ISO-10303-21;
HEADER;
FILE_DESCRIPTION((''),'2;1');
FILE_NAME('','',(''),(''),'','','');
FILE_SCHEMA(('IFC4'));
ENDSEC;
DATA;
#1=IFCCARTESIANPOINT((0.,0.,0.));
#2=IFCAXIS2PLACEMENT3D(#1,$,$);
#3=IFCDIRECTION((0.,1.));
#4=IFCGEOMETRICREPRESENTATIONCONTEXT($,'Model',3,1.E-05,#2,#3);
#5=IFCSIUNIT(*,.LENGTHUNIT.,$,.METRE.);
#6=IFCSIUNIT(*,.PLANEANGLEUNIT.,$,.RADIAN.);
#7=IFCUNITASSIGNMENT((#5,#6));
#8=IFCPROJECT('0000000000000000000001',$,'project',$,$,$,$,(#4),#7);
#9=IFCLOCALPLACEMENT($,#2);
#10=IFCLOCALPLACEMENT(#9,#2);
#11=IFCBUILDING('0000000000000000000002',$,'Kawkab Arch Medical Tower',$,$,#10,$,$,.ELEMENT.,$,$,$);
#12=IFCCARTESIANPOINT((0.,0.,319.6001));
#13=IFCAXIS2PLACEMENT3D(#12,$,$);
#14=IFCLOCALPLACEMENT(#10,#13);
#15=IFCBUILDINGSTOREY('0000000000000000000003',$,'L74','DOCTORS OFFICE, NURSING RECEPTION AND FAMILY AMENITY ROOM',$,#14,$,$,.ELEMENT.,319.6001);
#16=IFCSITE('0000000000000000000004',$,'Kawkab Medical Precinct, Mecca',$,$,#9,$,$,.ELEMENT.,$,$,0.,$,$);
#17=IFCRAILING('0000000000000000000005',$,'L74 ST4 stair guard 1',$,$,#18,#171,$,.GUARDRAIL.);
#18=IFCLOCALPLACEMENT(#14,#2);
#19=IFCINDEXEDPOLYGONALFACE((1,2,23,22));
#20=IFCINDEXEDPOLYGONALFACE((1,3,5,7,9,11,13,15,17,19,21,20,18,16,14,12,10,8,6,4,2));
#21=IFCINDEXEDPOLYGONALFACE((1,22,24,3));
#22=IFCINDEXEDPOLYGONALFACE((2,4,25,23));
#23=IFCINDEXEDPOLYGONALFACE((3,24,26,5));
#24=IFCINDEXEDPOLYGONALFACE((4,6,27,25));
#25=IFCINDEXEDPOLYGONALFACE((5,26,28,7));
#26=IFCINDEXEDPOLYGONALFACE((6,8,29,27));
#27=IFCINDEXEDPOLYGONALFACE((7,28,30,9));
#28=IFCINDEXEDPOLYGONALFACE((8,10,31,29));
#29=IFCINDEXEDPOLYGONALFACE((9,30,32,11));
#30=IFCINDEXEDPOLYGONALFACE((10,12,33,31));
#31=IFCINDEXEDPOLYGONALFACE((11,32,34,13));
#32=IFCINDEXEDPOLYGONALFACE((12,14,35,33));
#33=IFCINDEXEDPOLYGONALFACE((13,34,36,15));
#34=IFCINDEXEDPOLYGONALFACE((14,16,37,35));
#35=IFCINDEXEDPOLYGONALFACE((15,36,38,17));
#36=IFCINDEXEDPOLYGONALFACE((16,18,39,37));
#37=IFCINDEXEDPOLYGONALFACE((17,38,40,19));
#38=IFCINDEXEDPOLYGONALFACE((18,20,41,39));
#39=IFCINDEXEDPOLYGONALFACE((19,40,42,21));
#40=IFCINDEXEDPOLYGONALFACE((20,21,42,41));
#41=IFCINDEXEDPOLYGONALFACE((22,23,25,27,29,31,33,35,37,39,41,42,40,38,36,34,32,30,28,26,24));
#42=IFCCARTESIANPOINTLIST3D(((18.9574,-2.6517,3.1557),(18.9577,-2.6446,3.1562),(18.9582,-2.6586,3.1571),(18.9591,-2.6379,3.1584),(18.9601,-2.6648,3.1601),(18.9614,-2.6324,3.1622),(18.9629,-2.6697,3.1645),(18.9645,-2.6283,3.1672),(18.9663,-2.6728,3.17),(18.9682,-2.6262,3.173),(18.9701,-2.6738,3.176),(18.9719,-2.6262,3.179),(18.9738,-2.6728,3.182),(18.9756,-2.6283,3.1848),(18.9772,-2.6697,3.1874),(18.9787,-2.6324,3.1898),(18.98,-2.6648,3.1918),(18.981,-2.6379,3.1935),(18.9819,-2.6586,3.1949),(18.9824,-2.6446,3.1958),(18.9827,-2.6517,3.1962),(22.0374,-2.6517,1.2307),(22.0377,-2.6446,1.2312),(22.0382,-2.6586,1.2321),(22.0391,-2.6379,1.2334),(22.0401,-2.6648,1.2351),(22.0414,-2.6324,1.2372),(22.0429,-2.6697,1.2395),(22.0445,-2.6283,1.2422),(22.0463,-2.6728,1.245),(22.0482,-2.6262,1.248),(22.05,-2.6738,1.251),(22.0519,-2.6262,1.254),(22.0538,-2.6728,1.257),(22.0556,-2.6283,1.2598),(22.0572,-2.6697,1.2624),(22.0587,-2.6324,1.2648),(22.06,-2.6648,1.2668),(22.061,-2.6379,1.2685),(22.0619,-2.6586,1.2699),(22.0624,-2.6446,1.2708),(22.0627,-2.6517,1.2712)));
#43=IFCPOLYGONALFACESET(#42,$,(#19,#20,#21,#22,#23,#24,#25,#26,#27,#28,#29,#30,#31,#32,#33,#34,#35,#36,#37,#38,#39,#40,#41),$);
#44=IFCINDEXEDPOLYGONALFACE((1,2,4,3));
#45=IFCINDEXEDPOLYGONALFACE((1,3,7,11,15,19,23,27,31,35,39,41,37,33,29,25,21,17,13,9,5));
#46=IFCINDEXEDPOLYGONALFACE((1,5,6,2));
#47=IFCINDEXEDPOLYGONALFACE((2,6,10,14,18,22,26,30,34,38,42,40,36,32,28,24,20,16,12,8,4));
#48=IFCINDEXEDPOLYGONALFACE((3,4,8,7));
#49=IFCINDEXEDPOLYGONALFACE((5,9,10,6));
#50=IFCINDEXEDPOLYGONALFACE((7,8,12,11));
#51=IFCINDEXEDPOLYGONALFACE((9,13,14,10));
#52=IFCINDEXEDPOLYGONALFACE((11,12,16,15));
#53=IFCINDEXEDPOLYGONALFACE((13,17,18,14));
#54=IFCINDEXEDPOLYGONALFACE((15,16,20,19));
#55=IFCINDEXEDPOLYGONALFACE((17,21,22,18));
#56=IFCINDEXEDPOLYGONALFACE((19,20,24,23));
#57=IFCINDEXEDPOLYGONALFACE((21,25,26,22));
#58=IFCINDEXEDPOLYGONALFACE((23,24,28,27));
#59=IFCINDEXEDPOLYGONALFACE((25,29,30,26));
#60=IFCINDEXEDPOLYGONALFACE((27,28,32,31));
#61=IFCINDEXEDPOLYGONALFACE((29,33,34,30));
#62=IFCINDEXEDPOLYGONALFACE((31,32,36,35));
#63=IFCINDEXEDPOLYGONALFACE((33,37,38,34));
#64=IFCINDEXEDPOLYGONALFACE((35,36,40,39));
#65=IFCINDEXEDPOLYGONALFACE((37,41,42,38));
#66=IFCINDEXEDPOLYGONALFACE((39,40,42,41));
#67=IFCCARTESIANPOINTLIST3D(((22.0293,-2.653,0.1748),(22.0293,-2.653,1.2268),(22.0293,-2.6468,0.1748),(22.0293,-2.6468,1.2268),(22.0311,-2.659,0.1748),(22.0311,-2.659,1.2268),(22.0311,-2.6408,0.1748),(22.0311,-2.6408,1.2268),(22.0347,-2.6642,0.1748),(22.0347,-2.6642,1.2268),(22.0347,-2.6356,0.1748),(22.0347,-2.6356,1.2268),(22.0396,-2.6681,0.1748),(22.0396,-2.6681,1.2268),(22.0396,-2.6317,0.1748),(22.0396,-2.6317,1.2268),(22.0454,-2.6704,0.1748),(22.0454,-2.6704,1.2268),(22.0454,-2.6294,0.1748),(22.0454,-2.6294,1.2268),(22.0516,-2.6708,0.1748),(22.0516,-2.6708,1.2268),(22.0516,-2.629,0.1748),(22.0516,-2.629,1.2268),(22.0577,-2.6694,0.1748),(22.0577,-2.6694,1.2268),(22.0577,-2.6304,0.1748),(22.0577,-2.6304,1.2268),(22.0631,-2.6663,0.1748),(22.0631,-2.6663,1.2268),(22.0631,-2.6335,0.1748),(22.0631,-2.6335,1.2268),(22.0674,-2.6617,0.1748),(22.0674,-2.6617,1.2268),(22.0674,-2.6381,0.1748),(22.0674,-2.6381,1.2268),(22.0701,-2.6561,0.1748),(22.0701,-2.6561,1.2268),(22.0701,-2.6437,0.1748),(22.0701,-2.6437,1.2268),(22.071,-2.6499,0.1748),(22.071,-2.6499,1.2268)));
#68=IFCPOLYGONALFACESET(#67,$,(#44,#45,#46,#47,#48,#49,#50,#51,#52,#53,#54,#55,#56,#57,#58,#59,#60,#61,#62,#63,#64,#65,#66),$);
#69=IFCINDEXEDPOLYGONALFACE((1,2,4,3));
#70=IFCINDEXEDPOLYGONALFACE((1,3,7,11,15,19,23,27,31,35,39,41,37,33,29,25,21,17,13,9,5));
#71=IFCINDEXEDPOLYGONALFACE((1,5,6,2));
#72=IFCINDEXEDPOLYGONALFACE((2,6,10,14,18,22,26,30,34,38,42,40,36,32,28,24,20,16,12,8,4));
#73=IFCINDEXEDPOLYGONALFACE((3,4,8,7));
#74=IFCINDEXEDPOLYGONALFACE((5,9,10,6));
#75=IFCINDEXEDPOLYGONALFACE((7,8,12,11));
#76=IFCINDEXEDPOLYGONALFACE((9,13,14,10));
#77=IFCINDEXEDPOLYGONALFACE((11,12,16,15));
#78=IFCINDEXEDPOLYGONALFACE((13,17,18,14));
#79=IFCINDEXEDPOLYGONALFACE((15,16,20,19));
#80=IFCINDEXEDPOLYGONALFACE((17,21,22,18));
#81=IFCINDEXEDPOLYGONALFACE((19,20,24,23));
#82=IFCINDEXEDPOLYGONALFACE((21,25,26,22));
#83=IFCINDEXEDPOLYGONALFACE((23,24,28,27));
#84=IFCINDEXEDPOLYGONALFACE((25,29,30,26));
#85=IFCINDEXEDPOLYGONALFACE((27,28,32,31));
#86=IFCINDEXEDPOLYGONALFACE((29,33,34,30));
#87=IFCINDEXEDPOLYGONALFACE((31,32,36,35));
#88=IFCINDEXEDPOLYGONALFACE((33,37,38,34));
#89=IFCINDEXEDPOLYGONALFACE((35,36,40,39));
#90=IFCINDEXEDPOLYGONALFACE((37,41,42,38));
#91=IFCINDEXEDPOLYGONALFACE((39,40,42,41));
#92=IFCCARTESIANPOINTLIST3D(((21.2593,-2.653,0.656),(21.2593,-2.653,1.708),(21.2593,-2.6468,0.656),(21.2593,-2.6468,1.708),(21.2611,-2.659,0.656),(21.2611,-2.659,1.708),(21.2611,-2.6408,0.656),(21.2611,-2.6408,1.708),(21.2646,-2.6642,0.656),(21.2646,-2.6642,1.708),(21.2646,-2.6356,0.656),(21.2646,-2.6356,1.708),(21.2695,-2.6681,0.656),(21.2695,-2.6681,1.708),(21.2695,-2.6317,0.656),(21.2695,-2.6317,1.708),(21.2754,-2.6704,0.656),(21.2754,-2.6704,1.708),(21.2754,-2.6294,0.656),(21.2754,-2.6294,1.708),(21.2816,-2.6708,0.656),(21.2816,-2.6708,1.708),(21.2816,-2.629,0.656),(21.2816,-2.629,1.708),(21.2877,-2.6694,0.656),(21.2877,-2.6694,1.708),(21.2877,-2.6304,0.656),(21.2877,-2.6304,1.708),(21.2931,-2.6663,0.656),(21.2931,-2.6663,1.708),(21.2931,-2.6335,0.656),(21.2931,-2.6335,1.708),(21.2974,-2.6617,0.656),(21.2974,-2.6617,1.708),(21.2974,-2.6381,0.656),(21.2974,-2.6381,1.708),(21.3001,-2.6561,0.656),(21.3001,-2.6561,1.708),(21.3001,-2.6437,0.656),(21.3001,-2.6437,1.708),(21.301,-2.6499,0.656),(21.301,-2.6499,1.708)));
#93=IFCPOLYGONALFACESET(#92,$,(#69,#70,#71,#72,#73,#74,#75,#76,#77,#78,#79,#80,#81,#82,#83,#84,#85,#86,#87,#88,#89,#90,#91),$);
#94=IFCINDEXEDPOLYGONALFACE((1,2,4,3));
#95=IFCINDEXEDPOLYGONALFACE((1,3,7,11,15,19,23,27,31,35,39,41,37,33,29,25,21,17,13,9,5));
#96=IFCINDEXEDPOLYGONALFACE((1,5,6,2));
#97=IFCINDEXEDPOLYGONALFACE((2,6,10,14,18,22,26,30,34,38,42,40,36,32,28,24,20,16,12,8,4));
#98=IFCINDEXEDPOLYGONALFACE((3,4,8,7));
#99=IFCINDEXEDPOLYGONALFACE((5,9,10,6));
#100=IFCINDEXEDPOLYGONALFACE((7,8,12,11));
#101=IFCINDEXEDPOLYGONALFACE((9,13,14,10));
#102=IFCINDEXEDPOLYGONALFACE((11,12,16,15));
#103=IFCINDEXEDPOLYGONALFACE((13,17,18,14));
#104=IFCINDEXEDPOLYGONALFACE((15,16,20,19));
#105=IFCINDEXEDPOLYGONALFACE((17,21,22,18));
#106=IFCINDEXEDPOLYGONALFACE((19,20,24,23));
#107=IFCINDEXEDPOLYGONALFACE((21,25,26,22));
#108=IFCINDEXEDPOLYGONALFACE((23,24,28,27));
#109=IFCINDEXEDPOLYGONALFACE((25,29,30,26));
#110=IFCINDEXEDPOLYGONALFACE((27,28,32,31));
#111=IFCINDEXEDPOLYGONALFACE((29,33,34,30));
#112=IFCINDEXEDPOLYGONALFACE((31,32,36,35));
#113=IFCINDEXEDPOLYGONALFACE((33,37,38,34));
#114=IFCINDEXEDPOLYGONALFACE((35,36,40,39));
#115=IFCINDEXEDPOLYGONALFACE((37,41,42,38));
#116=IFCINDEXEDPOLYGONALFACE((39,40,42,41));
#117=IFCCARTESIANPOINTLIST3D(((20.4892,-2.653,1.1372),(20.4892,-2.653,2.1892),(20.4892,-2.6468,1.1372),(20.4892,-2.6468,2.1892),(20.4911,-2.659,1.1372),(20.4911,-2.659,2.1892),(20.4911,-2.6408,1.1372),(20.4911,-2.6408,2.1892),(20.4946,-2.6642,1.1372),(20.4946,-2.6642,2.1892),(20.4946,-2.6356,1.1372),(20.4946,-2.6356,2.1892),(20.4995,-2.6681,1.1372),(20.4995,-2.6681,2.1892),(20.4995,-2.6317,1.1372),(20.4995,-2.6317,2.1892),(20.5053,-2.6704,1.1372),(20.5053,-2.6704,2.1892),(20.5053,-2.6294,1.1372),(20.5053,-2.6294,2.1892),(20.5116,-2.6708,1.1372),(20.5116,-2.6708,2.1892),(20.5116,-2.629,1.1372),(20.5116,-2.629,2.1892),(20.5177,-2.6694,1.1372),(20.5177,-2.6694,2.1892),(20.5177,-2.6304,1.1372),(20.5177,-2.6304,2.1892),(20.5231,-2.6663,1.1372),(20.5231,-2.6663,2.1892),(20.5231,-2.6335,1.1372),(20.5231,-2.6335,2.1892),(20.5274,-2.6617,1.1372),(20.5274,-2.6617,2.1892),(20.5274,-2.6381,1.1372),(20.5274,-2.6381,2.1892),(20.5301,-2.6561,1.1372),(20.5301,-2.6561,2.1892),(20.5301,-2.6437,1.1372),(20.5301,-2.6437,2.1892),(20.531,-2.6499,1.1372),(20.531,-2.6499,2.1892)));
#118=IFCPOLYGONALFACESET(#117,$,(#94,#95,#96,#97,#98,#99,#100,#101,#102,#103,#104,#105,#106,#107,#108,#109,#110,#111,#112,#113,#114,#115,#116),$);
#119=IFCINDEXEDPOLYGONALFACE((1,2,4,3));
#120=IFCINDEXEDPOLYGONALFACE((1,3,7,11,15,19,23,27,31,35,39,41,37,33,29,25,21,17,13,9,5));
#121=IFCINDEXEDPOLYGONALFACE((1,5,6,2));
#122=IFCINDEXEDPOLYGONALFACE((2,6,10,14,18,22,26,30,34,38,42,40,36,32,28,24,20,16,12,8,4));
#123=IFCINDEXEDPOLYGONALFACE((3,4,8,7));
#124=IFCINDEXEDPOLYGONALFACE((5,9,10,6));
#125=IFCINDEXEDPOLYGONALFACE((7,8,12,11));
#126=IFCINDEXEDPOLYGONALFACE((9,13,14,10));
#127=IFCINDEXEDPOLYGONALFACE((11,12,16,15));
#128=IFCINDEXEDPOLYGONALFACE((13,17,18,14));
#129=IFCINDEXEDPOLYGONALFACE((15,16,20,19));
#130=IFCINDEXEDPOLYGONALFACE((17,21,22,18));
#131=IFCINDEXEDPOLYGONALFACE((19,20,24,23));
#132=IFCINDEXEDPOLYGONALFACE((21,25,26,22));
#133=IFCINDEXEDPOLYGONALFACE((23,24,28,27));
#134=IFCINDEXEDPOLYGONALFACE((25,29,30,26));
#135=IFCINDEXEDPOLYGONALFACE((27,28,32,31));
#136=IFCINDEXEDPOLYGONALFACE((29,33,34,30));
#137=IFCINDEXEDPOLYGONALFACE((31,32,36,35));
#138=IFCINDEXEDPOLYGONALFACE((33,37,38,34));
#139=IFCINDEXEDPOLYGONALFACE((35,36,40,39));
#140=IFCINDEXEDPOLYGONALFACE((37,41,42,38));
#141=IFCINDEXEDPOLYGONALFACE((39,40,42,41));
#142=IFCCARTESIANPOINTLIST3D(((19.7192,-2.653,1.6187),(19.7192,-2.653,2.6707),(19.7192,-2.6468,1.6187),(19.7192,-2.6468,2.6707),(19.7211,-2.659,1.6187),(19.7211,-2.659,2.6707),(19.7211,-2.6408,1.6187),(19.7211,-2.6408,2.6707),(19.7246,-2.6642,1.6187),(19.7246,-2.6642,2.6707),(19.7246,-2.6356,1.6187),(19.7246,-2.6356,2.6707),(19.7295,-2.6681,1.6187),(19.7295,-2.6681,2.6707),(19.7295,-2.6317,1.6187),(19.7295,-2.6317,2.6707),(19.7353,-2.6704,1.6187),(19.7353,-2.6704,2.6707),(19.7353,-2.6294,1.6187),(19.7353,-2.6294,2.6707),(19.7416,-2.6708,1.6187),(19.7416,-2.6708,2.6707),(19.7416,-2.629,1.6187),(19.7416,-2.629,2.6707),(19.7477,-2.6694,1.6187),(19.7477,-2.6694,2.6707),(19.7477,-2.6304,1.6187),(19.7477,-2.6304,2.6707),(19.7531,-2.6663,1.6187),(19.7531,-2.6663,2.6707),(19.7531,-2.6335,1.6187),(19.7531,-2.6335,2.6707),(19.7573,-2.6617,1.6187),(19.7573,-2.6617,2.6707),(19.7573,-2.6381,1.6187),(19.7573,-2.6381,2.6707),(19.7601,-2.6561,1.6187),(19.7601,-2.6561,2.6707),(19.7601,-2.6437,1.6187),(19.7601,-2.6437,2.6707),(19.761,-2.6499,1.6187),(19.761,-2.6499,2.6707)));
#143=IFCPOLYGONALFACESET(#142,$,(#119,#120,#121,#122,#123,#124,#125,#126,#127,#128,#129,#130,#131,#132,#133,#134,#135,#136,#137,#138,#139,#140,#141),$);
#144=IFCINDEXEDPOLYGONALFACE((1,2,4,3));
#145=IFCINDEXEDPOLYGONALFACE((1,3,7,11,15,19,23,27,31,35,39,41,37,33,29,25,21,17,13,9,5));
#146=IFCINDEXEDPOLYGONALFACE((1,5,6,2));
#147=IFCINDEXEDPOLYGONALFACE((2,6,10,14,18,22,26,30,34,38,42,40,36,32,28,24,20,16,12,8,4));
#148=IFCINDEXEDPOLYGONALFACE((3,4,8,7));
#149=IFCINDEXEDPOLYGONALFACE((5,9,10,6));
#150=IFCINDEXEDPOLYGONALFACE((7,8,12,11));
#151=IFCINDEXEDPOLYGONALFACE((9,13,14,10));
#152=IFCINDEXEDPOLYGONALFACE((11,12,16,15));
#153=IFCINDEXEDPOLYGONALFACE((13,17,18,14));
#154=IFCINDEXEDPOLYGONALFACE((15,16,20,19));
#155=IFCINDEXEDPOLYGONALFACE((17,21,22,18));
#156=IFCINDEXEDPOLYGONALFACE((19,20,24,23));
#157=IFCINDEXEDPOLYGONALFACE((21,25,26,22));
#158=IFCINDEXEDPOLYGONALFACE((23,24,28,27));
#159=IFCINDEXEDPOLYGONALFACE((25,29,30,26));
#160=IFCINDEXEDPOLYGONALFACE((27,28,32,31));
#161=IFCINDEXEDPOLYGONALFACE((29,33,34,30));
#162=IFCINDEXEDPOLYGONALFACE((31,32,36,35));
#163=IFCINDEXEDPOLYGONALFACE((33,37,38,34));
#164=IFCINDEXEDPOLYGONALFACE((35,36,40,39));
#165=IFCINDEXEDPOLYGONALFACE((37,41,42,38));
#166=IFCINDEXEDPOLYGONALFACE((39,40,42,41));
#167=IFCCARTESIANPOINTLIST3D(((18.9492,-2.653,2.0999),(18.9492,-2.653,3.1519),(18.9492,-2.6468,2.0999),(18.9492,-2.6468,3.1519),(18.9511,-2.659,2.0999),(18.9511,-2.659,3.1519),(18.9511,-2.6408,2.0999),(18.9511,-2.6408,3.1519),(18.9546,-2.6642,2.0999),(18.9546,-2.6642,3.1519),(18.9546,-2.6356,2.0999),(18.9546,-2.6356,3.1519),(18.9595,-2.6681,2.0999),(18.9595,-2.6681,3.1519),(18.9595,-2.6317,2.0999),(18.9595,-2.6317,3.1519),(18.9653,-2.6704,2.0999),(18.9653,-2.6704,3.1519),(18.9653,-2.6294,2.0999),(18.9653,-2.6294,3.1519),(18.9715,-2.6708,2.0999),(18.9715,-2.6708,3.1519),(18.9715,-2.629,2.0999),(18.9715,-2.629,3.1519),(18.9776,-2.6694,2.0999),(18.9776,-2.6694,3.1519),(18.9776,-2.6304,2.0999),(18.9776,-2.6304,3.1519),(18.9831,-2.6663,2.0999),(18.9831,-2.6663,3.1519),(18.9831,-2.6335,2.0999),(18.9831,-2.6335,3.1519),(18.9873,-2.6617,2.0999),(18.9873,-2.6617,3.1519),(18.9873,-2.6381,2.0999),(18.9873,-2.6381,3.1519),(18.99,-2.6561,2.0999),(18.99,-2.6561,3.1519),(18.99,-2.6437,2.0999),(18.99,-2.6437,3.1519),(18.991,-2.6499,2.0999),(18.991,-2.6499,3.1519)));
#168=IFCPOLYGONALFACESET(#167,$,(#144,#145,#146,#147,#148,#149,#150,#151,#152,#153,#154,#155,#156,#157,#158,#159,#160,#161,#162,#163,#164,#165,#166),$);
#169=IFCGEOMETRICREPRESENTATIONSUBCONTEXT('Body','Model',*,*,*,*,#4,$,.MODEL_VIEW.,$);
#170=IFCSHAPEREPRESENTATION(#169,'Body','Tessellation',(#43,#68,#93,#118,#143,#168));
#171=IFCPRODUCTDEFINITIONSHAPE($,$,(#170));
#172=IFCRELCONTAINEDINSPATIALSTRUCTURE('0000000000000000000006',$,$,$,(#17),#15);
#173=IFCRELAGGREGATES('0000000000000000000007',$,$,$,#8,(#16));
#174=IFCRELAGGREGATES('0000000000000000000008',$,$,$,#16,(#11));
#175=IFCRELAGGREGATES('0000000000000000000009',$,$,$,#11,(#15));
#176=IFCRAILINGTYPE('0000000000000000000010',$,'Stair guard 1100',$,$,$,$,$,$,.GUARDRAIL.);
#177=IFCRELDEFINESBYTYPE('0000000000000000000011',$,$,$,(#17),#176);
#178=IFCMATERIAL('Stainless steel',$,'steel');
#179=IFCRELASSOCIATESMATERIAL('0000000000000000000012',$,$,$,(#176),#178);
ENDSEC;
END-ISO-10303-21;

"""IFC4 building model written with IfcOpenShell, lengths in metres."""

from ifc_helpers import new_model, si_unit, direction, frame, origin, origin_2d, place, context, subcontext, project, spatial, circle, extrude, material, type_object, element, save


model = new_model("IFC4")

# Units and contexts
model_context = context("Model", 3, precision=1e-05, world=origin(), true_north=direction((0.0, 1.0)))
body_context = subcontext(model_context, "Body", "Model", "MODEL_VIEW")
ifc_project = project(units=[si_unit("LENGTHUNIT", "METRE"), si_unit("PLANEANGLEUNIT", "RADIAN")], contexts=[model_context])

# Site, building, storey
site_placement = place(None, origin())
site = spatial("IfcSite", under=ifc_project, at=site_placement, Name="Kawkab Medical Precinct, Mecca", CompositionType="ELEMENT", RefElevation=0.0)
building_placement = place(site_placement, origin())
building = spatial("IfcBuilding", under=site, at=building_placement, Name="Kawkab Arch Medical Tower", CompositionType="ELEMENT")
storey_placement = place(building_placement, frame((0.0, 0.0, 319.6001)))
storey = spatial("IfcBuildingStorey", under=building, at=storey_placement, Name="L74", Description="DOCTORS OFFICE, NURSING RECEPTION AND FAMILY AMENITY ROOM", CompositionType="ELEMENT", Elevation=319.6001)

# Railing
ifc_material_1 = material(Name="Stainless steel", Category="steel")
railing_type_1 = type_object("IfcRailingType", Name="Stair guard 1100", PredefinedType="GUARDRAIL", material=ifc_material_1)
railing_1_placement = place(storey_placement, frame((22.05, -2.6499, 0.1748)))
element("IfcRailing", 1, at=railing_1_placement, inside=storey, type_object=railing_type_1, Name="L74 ST4 stair guard 1", PredefinedType="GUARDRAIL", context=body_context, shape_type="SweptSolid", body=[
    extrude(circle(Radius=0.0239, at=origin_2d()), frame((0.0, 0.0, 1.0762), z_axis=(-0.847998, 0.0, 0.529999), x_axis=(0.0, -1.0, 0.0)), (0.0, 0.0, 1.0), 3.6321),
    extrude(circle(Radius=0.021, at=origin_2d()), origin(), (0.0, 0.0, 1.0), 1.052),
    extrude(circle(Radius=0.021, at=origin_2d()), frame((-0.77, 0.0, 0.4812)), (0.0, 0.0, 1.0), 1.052),
    extrude(circle(Radius=0.021, at=origin_2d()), frame((-1.54, 0.0, 0.9624)), (0.0, 0.0, 1.0), 1.052),
    extrude(circle(Radius=0.021, at=origin_2d()), frame((-2.3101, 0.0, 1.4438)), (0.0, 0.0, 1.0), 1.052),
    extrude(circle(Radius=0.021, at=origin_2d()), frame((-3.0801, 0.0, 1.925)), (0.0, 0.0, 1.0), 1.052),
])

save(model, "model.ifc")
